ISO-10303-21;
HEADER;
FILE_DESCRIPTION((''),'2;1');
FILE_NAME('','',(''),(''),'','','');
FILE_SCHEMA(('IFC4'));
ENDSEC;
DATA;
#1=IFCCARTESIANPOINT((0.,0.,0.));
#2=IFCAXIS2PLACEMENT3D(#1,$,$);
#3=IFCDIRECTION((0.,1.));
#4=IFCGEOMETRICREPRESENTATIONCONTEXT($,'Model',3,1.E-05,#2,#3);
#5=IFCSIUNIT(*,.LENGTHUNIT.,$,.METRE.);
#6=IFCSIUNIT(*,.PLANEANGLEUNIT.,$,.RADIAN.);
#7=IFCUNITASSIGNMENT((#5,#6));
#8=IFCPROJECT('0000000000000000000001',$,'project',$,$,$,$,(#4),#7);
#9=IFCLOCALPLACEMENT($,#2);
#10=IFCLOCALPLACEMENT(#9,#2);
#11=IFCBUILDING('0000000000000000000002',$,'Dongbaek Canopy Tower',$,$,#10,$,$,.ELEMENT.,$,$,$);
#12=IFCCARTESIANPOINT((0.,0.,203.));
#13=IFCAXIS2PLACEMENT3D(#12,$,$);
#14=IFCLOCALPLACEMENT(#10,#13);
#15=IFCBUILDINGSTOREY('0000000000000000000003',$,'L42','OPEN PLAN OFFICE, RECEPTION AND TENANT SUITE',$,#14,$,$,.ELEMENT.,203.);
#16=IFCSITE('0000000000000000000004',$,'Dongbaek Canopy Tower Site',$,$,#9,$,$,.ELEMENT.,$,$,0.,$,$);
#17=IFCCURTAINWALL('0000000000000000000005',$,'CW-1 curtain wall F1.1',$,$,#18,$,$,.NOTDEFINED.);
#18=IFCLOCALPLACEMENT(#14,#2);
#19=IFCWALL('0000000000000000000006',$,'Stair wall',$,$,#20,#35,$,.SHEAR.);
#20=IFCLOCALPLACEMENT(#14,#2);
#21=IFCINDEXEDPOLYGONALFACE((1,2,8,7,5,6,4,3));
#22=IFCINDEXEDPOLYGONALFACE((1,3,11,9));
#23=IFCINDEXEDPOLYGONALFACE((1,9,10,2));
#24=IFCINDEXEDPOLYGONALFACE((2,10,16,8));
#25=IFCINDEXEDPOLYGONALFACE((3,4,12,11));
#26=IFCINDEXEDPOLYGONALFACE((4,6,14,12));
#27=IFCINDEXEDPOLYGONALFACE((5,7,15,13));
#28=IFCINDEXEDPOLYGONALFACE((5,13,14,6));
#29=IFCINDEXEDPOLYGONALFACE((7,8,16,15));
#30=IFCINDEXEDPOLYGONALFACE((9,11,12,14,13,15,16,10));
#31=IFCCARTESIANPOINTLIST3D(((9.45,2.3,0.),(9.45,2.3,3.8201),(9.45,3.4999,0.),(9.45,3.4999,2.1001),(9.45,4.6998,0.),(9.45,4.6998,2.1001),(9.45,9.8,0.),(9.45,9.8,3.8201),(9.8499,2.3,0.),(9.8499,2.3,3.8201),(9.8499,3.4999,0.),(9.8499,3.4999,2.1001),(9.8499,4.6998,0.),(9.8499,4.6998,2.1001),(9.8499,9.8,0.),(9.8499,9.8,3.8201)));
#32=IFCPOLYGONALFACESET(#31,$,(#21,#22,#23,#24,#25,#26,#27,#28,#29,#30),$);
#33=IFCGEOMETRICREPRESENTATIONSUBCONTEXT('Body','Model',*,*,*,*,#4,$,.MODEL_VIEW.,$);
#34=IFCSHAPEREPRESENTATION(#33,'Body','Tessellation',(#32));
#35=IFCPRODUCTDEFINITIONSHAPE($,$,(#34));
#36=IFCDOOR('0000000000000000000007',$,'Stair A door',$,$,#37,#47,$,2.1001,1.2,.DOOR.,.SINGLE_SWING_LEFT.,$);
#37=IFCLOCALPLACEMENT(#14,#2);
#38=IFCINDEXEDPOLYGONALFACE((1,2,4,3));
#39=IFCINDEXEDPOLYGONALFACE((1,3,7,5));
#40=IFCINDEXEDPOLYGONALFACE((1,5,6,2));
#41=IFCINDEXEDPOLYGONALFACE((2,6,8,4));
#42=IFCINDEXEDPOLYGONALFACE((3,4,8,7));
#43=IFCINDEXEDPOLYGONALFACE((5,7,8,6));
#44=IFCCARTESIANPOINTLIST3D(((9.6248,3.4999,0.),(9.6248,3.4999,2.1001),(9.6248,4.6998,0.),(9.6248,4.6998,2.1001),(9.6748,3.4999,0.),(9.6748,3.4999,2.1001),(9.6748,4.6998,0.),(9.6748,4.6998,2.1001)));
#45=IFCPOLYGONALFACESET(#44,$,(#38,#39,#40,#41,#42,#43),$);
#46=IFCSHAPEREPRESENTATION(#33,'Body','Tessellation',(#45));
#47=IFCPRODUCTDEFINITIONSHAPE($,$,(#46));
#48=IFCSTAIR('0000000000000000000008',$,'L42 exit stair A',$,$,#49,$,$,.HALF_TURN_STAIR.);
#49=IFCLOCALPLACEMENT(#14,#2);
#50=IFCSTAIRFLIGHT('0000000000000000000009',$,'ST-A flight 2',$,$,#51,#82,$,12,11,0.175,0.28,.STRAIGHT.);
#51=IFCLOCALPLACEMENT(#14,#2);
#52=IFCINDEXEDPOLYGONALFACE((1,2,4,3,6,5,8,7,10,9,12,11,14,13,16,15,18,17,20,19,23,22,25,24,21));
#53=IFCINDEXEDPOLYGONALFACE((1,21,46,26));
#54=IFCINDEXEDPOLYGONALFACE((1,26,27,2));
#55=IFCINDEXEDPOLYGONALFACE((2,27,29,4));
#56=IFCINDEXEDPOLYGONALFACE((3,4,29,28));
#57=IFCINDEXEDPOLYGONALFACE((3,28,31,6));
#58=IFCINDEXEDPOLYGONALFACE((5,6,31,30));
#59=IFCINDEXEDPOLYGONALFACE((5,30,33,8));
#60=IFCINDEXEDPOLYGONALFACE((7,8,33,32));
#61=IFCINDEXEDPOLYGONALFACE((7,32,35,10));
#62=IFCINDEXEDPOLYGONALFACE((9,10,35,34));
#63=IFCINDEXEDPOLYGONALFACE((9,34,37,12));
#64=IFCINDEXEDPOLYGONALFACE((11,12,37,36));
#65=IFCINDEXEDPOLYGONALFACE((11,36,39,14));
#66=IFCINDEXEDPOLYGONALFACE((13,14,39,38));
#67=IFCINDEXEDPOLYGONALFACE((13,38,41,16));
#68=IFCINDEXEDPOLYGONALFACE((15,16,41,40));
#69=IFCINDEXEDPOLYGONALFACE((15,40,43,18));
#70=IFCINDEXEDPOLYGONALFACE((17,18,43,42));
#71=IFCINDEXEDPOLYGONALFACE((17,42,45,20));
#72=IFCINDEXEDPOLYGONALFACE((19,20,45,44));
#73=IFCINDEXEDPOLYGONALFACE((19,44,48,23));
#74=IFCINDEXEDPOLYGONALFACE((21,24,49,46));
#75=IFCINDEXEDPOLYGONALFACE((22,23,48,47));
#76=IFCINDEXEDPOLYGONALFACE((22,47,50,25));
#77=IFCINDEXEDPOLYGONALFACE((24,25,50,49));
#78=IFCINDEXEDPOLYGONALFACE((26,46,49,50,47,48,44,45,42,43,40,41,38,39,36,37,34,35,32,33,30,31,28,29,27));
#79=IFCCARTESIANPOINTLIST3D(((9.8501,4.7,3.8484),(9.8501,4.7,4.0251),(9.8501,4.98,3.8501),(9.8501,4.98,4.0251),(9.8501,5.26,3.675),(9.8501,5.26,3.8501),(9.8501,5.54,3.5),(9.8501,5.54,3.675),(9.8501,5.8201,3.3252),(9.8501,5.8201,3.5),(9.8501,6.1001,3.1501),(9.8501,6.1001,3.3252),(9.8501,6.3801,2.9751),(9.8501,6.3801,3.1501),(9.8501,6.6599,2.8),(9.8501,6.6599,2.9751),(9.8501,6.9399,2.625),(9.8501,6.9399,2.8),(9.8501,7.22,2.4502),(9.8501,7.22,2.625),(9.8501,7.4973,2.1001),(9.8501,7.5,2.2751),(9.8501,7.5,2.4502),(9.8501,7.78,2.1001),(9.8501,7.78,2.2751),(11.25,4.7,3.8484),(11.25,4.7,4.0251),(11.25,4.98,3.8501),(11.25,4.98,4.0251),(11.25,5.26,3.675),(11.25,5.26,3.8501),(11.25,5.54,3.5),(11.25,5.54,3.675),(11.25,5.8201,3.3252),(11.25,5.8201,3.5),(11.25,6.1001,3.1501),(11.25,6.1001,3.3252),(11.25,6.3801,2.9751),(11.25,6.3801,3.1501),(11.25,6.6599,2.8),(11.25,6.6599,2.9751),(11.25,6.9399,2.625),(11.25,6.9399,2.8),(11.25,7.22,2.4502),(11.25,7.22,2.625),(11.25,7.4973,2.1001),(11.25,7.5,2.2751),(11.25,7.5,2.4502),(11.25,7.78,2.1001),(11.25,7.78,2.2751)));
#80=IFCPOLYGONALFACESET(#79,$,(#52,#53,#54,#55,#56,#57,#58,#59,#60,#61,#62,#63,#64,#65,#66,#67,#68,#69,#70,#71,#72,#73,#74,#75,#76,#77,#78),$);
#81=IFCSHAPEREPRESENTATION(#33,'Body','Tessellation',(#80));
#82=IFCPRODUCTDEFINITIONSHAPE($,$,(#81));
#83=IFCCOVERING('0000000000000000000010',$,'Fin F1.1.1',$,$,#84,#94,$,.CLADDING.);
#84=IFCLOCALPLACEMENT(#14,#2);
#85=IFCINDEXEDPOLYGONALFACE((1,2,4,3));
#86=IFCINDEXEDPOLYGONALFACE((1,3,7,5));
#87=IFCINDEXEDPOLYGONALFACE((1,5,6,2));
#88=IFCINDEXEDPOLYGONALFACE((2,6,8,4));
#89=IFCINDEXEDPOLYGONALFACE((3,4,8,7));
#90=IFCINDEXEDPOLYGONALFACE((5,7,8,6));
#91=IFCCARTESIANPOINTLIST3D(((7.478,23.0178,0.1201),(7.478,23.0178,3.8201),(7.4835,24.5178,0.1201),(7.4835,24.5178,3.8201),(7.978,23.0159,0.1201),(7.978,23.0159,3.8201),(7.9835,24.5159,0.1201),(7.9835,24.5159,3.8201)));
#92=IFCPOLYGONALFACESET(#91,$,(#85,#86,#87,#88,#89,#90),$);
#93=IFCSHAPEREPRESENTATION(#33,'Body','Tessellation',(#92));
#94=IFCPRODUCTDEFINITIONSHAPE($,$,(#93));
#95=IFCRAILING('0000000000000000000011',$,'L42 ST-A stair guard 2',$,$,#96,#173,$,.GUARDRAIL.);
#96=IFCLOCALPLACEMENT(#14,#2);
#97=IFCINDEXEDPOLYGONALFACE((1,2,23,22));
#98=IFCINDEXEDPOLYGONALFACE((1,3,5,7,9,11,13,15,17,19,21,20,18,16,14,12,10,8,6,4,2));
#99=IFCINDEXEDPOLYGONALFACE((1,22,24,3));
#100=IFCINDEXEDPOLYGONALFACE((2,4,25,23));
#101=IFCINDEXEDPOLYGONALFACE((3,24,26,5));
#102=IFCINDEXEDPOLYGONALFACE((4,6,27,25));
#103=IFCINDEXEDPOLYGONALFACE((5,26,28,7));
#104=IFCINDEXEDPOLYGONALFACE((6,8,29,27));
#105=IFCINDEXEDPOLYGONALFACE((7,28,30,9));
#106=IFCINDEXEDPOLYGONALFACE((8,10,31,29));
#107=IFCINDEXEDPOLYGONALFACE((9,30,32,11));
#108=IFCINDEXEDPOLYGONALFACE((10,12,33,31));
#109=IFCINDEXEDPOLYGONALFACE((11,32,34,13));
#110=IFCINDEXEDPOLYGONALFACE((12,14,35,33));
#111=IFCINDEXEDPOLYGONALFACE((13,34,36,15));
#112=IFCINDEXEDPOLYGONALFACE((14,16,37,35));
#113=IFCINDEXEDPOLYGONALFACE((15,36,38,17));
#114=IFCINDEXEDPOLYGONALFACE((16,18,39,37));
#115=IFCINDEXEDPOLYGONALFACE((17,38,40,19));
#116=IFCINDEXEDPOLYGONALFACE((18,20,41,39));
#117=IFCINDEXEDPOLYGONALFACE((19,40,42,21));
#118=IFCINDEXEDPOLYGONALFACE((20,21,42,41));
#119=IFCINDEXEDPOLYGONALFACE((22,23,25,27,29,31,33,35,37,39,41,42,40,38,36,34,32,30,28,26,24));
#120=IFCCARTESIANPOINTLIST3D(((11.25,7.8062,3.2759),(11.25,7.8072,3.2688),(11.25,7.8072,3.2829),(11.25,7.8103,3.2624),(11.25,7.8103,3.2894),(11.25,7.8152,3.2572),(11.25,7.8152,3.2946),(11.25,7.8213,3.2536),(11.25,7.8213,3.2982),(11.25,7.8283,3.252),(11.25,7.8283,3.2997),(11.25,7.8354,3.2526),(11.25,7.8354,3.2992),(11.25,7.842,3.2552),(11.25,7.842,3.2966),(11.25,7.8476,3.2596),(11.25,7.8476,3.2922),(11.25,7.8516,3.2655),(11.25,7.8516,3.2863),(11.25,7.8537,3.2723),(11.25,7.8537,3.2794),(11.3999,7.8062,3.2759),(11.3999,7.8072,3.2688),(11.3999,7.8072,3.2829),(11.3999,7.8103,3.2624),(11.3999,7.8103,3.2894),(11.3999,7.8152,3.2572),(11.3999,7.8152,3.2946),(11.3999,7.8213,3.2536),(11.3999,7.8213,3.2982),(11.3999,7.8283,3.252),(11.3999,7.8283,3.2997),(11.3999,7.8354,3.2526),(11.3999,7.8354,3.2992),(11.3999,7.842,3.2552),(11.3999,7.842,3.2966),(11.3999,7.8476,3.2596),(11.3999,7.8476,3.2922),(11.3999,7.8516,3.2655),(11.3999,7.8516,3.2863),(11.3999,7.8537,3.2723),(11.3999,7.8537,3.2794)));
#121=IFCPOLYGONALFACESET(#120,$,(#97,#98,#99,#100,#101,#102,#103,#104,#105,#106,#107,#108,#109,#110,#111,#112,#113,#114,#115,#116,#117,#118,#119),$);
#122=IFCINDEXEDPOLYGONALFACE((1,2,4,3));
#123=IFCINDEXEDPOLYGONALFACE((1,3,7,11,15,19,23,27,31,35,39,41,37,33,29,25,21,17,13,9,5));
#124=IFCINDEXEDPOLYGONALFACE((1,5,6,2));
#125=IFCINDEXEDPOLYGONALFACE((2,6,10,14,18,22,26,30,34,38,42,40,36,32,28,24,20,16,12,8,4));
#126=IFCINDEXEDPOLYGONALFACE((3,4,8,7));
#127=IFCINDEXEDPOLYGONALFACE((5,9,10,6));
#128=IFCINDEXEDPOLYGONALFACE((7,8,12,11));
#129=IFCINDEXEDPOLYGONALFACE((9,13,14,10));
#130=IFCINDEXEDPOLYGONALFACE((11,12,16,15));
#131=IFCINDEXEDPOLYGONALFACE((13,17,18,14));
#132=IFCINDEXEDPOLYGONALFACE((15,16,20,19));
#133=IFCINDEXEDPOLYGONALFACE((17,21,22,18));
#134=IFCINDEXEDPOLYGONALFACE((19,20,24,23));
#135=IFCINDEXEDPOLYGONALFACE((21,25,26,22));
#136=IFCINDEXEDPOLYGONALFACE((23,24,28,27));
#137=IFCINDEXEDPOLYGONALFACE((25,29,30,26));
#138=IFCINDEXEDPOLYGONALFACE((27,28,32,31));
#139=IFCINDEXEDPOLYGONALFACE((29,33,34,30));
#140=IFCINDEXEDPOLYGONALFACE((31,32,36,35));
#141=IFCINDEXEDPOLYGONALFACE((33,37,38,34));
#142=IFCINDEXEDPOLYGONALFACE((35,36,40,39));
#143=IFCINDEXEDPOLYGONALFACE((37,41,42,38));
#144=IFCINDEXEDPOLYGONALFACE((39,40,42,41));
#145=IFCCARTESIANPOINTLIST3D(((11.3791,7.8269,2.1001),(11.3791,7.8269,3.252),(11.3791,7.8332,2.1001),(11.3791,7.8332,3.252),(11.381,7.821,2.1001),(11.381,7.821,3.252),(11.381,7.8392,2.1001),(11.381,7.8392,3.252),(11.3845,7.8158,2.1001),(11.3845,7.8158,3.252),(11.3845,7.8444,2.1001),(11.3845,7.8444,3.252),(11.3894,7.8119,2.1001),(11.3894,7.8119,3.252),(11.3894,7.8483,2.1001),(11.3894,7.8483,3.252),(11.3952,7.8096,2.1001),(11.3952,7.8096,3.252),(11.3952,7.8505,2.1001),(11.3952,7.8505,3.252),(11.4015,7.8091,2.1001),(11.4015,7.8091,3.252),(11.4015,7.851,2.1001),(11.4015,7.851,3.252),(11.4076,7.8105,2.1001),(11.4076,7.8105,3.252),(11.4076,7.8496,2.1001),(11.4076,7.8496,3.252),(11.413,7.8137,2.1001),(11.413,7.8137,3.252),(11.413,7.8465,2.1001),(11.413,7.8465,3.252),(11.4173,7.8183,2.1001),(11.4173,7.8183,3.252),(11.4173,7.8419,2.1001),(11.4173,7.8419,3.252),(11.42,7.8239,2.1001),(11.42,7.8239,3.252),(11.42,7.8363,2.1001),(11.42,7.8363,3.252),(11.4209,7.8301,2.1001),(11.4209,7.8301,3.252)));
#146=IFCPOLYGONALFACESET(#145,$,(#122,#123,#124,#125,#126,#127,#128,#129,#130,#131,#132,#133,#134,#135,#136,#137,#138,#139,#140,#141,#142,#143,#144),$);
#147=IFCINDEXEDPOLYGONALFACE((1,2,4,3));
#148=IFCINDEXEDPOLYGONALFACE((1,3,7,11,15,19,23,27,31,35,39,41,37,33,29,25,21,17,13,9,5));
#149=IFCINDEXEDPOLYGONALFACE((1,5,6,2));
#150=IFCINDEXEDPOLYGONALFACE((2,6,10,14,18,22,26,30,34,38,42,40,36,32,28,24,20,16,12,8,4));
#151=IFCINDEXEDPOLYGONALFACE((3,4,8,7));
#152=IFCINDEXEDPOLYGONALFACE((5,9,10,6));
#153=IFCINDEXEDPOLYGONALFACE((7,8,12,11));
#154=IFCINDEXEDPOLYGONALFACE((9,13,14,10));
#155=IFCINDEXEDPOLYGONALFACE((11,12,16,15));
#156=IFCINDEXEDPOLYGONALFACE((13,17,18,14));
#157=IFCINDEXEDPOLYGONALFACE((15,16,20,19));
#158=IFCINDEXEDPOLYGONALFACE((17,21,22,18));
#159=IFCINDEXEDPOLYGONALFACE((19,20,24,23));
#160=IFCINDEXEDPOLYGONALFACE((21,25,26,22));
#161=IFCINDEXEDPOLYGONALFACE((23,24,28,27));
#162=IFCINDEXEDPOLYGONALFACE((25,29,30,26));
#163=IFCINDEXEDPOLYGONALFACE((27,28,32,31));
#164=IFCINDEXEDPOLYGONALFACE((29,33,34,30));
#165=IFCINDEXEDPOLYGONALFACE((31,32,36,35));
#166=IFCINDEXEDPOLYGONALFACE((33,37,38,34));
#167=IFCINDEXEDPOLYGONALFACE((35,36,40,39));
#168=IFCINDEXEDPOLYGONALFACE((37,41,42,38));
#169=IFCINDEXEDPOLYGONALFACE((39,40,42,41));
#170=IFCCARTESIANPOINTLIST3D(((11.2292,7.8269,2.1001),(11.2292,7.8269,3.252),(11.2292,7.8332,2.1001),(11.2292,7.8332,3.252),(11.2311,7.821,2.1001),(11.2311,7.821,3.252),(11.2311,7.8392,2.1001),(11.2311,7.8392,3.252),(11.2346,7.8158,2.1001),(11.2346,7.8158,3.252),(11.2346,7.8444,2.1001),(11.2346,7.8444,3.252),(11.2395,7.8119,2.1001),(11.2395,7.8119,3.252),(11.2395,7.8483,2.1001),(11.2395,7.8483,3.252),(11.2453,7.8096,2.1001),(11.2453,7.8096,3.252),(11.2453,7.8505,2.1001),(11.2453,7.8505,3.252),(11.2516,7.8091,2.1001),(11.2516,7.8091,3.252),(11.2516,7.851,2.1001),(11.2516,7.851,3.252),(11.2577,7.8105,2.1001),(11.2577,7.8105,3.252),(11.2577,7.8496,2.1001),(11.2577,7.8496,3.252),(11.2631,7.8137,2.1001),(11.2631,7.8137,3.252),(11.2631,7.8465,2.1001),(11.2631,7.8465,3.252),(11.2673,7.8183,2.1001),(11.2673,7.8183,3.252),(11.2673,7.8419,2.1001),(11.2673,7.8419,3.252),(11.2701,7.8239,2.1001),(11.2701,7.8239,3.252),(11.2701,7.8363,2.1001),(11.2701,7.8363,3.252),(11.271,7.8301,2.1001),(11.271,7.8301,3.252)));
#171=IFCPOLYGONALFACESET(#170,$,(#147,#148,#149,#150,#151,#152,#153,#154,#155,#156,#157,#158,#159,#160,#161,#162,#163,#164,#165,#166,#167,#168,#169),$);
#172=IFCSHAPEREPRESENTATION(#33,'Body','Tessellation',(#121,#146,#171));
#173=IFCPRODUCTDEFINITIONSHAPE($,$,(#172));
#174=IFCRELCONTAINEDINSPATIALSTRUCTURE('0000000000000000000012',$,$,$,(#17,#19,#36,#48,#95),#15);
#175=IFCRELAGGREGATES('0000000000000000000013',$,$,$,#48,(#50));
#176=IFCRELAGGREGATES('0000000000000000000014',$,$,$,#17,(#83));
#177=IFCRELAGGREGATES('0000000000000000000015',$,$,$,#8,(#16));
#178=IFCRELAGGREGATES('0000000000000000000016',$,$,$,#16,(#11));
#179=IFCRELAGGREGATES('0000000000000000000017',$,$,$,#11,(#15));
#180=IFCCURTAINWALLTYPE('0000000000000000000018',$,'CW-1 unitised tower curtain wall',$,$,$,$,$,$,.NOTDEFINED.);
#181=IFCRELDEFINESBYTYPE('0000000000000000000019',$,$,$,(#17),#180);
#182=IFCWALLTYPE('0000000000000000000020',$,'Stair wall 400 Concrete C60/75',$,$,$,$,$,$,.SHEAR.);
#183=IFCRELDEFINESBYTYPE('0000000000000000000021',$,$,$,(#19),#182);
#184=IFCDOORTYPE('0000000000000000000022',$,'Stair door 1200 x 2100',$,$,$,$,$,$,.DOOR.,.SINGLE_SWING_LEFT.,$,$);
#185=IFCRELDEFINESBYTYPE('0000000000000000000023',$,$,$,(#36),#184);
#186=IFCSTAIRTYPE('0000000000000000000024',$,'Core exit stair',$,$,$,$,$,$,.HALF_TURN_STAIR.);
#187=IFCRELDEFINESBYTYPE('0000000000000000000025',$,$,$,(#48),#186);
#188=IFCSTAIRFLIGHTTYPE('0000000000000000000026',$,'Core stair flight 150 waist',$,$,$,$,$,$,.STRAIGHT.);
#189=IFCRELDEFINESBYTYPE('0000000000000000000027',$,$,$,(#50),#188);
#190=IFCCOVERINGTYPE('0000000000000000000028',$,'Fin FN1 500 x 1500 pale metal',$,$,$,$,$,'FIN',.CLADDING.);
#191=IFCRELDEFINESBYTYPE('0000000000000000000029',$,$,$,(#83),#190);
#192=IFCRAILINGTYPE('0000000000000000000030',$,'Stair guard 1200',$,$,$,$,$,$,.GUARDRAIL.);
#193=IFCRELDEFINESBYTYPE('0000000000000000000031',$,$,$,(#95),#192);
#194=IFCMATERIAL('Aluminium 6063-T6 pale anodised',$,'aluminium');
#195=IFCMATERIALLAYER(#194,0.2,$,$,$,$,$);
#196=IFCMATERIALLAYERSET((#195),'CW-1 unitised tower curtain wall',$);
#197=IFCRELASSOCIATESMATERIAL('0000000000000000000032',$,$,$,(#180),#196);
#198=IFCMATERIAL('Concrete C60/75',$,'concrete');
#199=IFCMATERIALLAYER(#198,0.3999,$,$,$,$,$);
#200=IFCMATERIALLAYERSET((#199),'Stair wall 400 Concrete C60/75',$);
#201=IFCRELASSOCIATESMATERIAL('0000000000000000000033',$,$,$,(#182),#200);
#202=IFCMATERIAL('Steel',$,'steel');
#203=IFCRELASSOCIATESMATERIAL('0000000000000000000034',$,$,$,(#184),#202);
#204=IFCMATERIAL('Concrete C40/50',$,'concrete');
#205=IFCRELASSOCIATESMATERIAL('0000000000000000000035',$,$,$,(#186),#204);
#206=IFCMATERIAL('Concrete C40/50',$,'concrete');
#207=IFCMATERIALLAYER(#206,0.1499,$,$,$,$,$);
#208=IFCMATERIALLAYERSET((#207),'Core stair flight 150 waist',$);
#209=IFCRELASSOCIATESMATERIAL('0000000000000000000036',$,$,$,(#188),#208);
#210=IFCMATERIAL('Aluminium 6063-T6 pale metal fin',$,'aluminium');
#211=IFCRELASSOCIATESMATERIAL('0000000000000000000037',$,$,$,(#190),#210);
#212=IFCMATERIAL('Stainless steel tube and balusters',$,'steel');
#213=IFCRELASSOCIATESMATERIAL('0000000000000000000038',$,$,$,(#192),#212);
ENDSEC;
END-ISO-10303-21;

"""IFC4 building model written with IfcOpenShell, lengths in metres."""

from ifc_helpers import new_model, si_unit, direction, frame, frame_2d, origin, origin_2d, place, context, subcontext, project, spatial, polyline, rectangle, circle, outline, extrude, material, layer, layer_set, material_profile, profile_set, type_object, element, fill, aggregate, save


model = new_model("IFC4")

# Units and contexts
model_context = context("Model", 3, precision=1e-05, world=origin(), true_north=direction((0.0, 1.0)))
body_context = subcontext(model_context, "Body", "Model", "MODEL_VIEW")
ifc_project = project(units=[si_unit("LENGTHUNIT", "METRE"), si_unit("PLANEANGLEUNIT", "RADIAN")], contexts=[model_context])

# Site, building, storey
site_placement = place(None, origin())
site = spatial("IfcSite", under=ifc_project, at=site_placement, Name="Dongbaek Canopy Tower Site", CompositionType="ELEMENT", RefElevation=0.0)
building_placement = place(site_placement, origin())
building = spatial("IfcBuilding", under=site, at=building_placement, Name="Dongbaek Canopy Tower", CompositionType="ELEMENT")
storey_placement = place(building_placement, frame((0.0, 0.0, 203.0)))
storey = spatial("IfcBuildingStorey", under=building, at=storey_placement, Name="L42", Description="OPEN PLAN OFFICE, RECEPTION AND TENANT SUITE", CompositionType="ELEMENT", Elevation=203.0)

# Shared definitions
ifc_material_1 = material(Name="Aluminium 6063-T6 pale anodised", Category="aluminium")
ifc_layer_1 = layer(ifc_material_1, 0.2)
ifc_layer_set_1 = layer_set([ifc_layer_1], Name="CW-1 unitised tower curtain wall")
curtain_wall_type = type_object("IfcCurtainWallType", Name="CW-1 unitised tower curtain wall", PredefinedType="NOTDEFINED", material=ifc_layer_set_1)

# Curtain wall
curtain_wall_1_placement = place(storey_placement, origin())
curtain_wall_1 = element("IfcCurtainWall", 1, at=curtain_wall_1_placement, inside=storey, type_object=curtain_wall_type, Name="CW-1 curtain wall F1.1", PredefinedType="NOTDEFINED")

# Wall, opening, door
ifc_material_2 = material(Name="Concrete C60/75", Category="concrete")
ifc_layer_2 = layer(ifc_material_2, 0.3999)
ifc_layer_set_2 = layer_set([ifc_layer_2], Name="Stair wall 400 Concrete C60/75")
wall_type_1 = type_object("IfcWallType", Name="Stair wall 400 Concrete C60/75", PredefinedType="SHEAR", material=ifc_layer_set_2)
wall_1_placement = place(storey_placement, frame((9.6499, 9.8, 0.0), z_axis=(0.0, 0.0, 1.0), x_axis=(0.0, -1.0, 0.0)))
wall_1 = element("IfcWall", 2, at=wall_1_placement, inside=storey, type_object=wall_type_1, Name="Stair wall", PredefinedType="SHEAR", context=body_context, shape_type="SweptSolid", body=[
    extrude(rectangle(XDim=7.5, YDim=0.3999, at=frame_2d((3.75, 0.0))), origin(), (0.0, 0.0, 1.0), 3.8201),
])
opening_placement = place(wall_1_placement, frame((5.1001, 0.0, 0.0)))
opening = element("IfcOpeningElement", 3, at=opening_placement, cuts=wall_1, PredefinedType="OPENING", context=body_context, shape_type="SweptSolid", body=[
    extrude(rectangle(XDim=1.2, YDim=2.1001, at=frame_2d((0.6001, 1.05))), frame((0.0, 0.21, 0.0), z_axis=(0.0, -1.0, 0.0), x_axis=(1.0, 0.0, 0.0)), (0.0, 0.0, 1.0), 0.4199),
])
ifc_material_3 = material(Name="Steel", Category="steel")
door_type = type_object("IfcDoorType", Name="Stair door 1200 x 2100", OperationType="SINGLE_SWING_LEFT", PredefinedType="DOOR", material=ifc_material_3)
door_placement = place(opening_placement, origin())
door = element("IfcDoor", 4, at=door_placement, inside=storey, type_object=door_type, Name="Stair A door", OperationType="SINGLE_SWING_LEFT", OverallHeight=2.1001, OverallWidth=1.2, PredefinedType="DOOR", context=body_context, shape_type="SweptSolid", body=[
    extrude(rectangle(XDim=1.2, YDim=2.1001, at=frame_2d((0.6001, 1.05))), frame((0.0, 0.0249, 0.0), z_axis=(0.0, -1.0, 0.0), x_axis=(1.0, 0.0, 0.0)), (0.0, 0.0, 1.0), 0.05),
])
fill(opening, door)

# Stair, stair flight
ifc_material_4 = material(Name="Concrete C40/50", Category="concrete")
stair_type = type_object("IfcStairType", Name="Core exit stair", PredefinedType="HALF_TURN_STAIR", material=ifc_material_4)
stair_placement = place(storey_placement, origin())
stair = element("IfcStair", 5, at=stair_placement, inside=storey, type_object=stair_type, Name="L42 exit stair A", PredefinedType="HALF_TURN_STAIR")
ifc_material_5 = material(Name="Concrete C40/50", Category="concrete")
ifc_layer_3 = layer(ifc_material_5, 0.1499)
ifc_layer_set_3 = layer_set([ifc_layer_3], Name="Core stair flight 150 waist")
stair_flight_type = type_object("IfcStairFlightType", Name="Core stair flight 150 waist", PredefinedType="STRAIGHT", material=ifc_layer_set_3)
stair_flight_placement = place(storey_placement, frame((10.55, 7.78, 2.1001), z_axis=(0.0, 0.0, 1.0), x_axis=(0.0, -1.0, 0.0)))
stair_flight = element("IfcStairFlight", 6, at=stair_flight_placement, type_object=stair_flight_type, Name="ST-A flight 2", NumberOfRisers=12, NumberOfTreads=11, PredefinedType="STRAIGHT", RiserHeight=0.175, TreadLength=0.28, context=body_context, shape_type="SweptSolid", body=[
    extrude(outline(polyline([(0.0, 0.0), (0.0, 0.175), (0.28, 0.175), (0.28, 0.3501), (0.5601, 0.3501), (0.5601, 0.5249), (0.8401, 0.5249), (0.8401, 0.7), (1.1201, 0.7), (1.1201, 0.875), (1.3999, 0.875), (1.3999, 1.05), (1.6799, 1.05), (1.6799, 1.2251), (1.96, 1.2251), (1.96, 1.3999), (2.24, 1.3999), (2.24, 1.575), (2.52, 1.575), (2.52, 1.75), (2.8, 1.75), (2.8, 1.925), (3.0801, 1.925), (3.0801, 2.1001), (3.0801, 1.7483), (0.2827, 0.0), (0.0, 0.0)])), frame((0.0, 0.7, 0.0), z_axis=(0.0, -1.0, 0.0), x_axis=(1.0, 0.0, 0.0)), (0.0, 0.0, 1.0), 1.3999),
])
aggregate(stair, [stair_flight])

# Covering
ifc_material_6 = material(Name="Aluminium 6063-T6 pale metal fin", Category="aluminium")
ifc_material_profile_1 = material_profile(ifc_material_6, rectangle(XDim=1.5, YDim=0.5, at=origin_2d()), Name="Fin FN1 500 x 1500 pale metal")
ifc_profile_set_1 = profile_set([ifc_material_profile_1], Name="Aluminium 6063-T6 pale metal fin")
covering_type = type_object("IfcCoveringType", Name="Fin FN1 500 x 1500 pale metal", ElementType="FIN", PredefinedType="CLADDING", material=ifc_profile_set_1)
covering_placement = place(storey_placement, frame((7.7307, 23.7668, 0.1201), z_axis=(0.0, 0.0, 1.0), x_axis=(0.003675, 0.999993, 0.0)))
covering = element("IfcCovering", 7, at=covering_placement, type_object=covering_type, Name="Fin F1.1.1", PredefinedType="CLADDING", context=body_context, shape_type="SweptSolid", body=[
    extrude(rectangle(XDim=1.5, YDim=0.5, at=origin_2d()), origin(), (0.0, 0.0, 1.0), 3.7),
])
aggregate(curtain_wall_1, [covering])

# Railing
ifc_material_7 = material(Name="Stainless steel tube and balusters", Category="steel")
railing_type = type_object("IfcRailingType", Name="Stair guard 1200", PredefinedType="GUARDRAIL", material=ifc_material_7)
railing_1_placement = place(storey_placement, frame((11.3999, 7.8301, 2.1001)))
element("IfcRailing", 8, at=railing_1_placement, inside=storey, type_object=railing_type, Name="L42 ST-A stair guard 2", PredefinedType="GUARDRAIL", context=body_context, shape_type="SweptSolid", body=[
    extrude(circle(Radius=0.0239, at=origin_2d()), frame((0.0, 0.0, 1.1758), z_axis=(-1.0, 0.0, 0.0), x_axis=(0.0, -1.0, 0.0)), (0.0, 0.0, 1.0), 0.1499),
    extrude(circle(Radius=0.021, at=origin_2d()), origin(), (0.0, 0.0, 1.0), 1.1519),
    extrude(circle(Radius=0.021, at=origin_2d()), frame((-0.1499, 0.0, 0.0)), (0.0, 0.0, 1.0), 1.1519),
])

save(model, "model.ifc")
